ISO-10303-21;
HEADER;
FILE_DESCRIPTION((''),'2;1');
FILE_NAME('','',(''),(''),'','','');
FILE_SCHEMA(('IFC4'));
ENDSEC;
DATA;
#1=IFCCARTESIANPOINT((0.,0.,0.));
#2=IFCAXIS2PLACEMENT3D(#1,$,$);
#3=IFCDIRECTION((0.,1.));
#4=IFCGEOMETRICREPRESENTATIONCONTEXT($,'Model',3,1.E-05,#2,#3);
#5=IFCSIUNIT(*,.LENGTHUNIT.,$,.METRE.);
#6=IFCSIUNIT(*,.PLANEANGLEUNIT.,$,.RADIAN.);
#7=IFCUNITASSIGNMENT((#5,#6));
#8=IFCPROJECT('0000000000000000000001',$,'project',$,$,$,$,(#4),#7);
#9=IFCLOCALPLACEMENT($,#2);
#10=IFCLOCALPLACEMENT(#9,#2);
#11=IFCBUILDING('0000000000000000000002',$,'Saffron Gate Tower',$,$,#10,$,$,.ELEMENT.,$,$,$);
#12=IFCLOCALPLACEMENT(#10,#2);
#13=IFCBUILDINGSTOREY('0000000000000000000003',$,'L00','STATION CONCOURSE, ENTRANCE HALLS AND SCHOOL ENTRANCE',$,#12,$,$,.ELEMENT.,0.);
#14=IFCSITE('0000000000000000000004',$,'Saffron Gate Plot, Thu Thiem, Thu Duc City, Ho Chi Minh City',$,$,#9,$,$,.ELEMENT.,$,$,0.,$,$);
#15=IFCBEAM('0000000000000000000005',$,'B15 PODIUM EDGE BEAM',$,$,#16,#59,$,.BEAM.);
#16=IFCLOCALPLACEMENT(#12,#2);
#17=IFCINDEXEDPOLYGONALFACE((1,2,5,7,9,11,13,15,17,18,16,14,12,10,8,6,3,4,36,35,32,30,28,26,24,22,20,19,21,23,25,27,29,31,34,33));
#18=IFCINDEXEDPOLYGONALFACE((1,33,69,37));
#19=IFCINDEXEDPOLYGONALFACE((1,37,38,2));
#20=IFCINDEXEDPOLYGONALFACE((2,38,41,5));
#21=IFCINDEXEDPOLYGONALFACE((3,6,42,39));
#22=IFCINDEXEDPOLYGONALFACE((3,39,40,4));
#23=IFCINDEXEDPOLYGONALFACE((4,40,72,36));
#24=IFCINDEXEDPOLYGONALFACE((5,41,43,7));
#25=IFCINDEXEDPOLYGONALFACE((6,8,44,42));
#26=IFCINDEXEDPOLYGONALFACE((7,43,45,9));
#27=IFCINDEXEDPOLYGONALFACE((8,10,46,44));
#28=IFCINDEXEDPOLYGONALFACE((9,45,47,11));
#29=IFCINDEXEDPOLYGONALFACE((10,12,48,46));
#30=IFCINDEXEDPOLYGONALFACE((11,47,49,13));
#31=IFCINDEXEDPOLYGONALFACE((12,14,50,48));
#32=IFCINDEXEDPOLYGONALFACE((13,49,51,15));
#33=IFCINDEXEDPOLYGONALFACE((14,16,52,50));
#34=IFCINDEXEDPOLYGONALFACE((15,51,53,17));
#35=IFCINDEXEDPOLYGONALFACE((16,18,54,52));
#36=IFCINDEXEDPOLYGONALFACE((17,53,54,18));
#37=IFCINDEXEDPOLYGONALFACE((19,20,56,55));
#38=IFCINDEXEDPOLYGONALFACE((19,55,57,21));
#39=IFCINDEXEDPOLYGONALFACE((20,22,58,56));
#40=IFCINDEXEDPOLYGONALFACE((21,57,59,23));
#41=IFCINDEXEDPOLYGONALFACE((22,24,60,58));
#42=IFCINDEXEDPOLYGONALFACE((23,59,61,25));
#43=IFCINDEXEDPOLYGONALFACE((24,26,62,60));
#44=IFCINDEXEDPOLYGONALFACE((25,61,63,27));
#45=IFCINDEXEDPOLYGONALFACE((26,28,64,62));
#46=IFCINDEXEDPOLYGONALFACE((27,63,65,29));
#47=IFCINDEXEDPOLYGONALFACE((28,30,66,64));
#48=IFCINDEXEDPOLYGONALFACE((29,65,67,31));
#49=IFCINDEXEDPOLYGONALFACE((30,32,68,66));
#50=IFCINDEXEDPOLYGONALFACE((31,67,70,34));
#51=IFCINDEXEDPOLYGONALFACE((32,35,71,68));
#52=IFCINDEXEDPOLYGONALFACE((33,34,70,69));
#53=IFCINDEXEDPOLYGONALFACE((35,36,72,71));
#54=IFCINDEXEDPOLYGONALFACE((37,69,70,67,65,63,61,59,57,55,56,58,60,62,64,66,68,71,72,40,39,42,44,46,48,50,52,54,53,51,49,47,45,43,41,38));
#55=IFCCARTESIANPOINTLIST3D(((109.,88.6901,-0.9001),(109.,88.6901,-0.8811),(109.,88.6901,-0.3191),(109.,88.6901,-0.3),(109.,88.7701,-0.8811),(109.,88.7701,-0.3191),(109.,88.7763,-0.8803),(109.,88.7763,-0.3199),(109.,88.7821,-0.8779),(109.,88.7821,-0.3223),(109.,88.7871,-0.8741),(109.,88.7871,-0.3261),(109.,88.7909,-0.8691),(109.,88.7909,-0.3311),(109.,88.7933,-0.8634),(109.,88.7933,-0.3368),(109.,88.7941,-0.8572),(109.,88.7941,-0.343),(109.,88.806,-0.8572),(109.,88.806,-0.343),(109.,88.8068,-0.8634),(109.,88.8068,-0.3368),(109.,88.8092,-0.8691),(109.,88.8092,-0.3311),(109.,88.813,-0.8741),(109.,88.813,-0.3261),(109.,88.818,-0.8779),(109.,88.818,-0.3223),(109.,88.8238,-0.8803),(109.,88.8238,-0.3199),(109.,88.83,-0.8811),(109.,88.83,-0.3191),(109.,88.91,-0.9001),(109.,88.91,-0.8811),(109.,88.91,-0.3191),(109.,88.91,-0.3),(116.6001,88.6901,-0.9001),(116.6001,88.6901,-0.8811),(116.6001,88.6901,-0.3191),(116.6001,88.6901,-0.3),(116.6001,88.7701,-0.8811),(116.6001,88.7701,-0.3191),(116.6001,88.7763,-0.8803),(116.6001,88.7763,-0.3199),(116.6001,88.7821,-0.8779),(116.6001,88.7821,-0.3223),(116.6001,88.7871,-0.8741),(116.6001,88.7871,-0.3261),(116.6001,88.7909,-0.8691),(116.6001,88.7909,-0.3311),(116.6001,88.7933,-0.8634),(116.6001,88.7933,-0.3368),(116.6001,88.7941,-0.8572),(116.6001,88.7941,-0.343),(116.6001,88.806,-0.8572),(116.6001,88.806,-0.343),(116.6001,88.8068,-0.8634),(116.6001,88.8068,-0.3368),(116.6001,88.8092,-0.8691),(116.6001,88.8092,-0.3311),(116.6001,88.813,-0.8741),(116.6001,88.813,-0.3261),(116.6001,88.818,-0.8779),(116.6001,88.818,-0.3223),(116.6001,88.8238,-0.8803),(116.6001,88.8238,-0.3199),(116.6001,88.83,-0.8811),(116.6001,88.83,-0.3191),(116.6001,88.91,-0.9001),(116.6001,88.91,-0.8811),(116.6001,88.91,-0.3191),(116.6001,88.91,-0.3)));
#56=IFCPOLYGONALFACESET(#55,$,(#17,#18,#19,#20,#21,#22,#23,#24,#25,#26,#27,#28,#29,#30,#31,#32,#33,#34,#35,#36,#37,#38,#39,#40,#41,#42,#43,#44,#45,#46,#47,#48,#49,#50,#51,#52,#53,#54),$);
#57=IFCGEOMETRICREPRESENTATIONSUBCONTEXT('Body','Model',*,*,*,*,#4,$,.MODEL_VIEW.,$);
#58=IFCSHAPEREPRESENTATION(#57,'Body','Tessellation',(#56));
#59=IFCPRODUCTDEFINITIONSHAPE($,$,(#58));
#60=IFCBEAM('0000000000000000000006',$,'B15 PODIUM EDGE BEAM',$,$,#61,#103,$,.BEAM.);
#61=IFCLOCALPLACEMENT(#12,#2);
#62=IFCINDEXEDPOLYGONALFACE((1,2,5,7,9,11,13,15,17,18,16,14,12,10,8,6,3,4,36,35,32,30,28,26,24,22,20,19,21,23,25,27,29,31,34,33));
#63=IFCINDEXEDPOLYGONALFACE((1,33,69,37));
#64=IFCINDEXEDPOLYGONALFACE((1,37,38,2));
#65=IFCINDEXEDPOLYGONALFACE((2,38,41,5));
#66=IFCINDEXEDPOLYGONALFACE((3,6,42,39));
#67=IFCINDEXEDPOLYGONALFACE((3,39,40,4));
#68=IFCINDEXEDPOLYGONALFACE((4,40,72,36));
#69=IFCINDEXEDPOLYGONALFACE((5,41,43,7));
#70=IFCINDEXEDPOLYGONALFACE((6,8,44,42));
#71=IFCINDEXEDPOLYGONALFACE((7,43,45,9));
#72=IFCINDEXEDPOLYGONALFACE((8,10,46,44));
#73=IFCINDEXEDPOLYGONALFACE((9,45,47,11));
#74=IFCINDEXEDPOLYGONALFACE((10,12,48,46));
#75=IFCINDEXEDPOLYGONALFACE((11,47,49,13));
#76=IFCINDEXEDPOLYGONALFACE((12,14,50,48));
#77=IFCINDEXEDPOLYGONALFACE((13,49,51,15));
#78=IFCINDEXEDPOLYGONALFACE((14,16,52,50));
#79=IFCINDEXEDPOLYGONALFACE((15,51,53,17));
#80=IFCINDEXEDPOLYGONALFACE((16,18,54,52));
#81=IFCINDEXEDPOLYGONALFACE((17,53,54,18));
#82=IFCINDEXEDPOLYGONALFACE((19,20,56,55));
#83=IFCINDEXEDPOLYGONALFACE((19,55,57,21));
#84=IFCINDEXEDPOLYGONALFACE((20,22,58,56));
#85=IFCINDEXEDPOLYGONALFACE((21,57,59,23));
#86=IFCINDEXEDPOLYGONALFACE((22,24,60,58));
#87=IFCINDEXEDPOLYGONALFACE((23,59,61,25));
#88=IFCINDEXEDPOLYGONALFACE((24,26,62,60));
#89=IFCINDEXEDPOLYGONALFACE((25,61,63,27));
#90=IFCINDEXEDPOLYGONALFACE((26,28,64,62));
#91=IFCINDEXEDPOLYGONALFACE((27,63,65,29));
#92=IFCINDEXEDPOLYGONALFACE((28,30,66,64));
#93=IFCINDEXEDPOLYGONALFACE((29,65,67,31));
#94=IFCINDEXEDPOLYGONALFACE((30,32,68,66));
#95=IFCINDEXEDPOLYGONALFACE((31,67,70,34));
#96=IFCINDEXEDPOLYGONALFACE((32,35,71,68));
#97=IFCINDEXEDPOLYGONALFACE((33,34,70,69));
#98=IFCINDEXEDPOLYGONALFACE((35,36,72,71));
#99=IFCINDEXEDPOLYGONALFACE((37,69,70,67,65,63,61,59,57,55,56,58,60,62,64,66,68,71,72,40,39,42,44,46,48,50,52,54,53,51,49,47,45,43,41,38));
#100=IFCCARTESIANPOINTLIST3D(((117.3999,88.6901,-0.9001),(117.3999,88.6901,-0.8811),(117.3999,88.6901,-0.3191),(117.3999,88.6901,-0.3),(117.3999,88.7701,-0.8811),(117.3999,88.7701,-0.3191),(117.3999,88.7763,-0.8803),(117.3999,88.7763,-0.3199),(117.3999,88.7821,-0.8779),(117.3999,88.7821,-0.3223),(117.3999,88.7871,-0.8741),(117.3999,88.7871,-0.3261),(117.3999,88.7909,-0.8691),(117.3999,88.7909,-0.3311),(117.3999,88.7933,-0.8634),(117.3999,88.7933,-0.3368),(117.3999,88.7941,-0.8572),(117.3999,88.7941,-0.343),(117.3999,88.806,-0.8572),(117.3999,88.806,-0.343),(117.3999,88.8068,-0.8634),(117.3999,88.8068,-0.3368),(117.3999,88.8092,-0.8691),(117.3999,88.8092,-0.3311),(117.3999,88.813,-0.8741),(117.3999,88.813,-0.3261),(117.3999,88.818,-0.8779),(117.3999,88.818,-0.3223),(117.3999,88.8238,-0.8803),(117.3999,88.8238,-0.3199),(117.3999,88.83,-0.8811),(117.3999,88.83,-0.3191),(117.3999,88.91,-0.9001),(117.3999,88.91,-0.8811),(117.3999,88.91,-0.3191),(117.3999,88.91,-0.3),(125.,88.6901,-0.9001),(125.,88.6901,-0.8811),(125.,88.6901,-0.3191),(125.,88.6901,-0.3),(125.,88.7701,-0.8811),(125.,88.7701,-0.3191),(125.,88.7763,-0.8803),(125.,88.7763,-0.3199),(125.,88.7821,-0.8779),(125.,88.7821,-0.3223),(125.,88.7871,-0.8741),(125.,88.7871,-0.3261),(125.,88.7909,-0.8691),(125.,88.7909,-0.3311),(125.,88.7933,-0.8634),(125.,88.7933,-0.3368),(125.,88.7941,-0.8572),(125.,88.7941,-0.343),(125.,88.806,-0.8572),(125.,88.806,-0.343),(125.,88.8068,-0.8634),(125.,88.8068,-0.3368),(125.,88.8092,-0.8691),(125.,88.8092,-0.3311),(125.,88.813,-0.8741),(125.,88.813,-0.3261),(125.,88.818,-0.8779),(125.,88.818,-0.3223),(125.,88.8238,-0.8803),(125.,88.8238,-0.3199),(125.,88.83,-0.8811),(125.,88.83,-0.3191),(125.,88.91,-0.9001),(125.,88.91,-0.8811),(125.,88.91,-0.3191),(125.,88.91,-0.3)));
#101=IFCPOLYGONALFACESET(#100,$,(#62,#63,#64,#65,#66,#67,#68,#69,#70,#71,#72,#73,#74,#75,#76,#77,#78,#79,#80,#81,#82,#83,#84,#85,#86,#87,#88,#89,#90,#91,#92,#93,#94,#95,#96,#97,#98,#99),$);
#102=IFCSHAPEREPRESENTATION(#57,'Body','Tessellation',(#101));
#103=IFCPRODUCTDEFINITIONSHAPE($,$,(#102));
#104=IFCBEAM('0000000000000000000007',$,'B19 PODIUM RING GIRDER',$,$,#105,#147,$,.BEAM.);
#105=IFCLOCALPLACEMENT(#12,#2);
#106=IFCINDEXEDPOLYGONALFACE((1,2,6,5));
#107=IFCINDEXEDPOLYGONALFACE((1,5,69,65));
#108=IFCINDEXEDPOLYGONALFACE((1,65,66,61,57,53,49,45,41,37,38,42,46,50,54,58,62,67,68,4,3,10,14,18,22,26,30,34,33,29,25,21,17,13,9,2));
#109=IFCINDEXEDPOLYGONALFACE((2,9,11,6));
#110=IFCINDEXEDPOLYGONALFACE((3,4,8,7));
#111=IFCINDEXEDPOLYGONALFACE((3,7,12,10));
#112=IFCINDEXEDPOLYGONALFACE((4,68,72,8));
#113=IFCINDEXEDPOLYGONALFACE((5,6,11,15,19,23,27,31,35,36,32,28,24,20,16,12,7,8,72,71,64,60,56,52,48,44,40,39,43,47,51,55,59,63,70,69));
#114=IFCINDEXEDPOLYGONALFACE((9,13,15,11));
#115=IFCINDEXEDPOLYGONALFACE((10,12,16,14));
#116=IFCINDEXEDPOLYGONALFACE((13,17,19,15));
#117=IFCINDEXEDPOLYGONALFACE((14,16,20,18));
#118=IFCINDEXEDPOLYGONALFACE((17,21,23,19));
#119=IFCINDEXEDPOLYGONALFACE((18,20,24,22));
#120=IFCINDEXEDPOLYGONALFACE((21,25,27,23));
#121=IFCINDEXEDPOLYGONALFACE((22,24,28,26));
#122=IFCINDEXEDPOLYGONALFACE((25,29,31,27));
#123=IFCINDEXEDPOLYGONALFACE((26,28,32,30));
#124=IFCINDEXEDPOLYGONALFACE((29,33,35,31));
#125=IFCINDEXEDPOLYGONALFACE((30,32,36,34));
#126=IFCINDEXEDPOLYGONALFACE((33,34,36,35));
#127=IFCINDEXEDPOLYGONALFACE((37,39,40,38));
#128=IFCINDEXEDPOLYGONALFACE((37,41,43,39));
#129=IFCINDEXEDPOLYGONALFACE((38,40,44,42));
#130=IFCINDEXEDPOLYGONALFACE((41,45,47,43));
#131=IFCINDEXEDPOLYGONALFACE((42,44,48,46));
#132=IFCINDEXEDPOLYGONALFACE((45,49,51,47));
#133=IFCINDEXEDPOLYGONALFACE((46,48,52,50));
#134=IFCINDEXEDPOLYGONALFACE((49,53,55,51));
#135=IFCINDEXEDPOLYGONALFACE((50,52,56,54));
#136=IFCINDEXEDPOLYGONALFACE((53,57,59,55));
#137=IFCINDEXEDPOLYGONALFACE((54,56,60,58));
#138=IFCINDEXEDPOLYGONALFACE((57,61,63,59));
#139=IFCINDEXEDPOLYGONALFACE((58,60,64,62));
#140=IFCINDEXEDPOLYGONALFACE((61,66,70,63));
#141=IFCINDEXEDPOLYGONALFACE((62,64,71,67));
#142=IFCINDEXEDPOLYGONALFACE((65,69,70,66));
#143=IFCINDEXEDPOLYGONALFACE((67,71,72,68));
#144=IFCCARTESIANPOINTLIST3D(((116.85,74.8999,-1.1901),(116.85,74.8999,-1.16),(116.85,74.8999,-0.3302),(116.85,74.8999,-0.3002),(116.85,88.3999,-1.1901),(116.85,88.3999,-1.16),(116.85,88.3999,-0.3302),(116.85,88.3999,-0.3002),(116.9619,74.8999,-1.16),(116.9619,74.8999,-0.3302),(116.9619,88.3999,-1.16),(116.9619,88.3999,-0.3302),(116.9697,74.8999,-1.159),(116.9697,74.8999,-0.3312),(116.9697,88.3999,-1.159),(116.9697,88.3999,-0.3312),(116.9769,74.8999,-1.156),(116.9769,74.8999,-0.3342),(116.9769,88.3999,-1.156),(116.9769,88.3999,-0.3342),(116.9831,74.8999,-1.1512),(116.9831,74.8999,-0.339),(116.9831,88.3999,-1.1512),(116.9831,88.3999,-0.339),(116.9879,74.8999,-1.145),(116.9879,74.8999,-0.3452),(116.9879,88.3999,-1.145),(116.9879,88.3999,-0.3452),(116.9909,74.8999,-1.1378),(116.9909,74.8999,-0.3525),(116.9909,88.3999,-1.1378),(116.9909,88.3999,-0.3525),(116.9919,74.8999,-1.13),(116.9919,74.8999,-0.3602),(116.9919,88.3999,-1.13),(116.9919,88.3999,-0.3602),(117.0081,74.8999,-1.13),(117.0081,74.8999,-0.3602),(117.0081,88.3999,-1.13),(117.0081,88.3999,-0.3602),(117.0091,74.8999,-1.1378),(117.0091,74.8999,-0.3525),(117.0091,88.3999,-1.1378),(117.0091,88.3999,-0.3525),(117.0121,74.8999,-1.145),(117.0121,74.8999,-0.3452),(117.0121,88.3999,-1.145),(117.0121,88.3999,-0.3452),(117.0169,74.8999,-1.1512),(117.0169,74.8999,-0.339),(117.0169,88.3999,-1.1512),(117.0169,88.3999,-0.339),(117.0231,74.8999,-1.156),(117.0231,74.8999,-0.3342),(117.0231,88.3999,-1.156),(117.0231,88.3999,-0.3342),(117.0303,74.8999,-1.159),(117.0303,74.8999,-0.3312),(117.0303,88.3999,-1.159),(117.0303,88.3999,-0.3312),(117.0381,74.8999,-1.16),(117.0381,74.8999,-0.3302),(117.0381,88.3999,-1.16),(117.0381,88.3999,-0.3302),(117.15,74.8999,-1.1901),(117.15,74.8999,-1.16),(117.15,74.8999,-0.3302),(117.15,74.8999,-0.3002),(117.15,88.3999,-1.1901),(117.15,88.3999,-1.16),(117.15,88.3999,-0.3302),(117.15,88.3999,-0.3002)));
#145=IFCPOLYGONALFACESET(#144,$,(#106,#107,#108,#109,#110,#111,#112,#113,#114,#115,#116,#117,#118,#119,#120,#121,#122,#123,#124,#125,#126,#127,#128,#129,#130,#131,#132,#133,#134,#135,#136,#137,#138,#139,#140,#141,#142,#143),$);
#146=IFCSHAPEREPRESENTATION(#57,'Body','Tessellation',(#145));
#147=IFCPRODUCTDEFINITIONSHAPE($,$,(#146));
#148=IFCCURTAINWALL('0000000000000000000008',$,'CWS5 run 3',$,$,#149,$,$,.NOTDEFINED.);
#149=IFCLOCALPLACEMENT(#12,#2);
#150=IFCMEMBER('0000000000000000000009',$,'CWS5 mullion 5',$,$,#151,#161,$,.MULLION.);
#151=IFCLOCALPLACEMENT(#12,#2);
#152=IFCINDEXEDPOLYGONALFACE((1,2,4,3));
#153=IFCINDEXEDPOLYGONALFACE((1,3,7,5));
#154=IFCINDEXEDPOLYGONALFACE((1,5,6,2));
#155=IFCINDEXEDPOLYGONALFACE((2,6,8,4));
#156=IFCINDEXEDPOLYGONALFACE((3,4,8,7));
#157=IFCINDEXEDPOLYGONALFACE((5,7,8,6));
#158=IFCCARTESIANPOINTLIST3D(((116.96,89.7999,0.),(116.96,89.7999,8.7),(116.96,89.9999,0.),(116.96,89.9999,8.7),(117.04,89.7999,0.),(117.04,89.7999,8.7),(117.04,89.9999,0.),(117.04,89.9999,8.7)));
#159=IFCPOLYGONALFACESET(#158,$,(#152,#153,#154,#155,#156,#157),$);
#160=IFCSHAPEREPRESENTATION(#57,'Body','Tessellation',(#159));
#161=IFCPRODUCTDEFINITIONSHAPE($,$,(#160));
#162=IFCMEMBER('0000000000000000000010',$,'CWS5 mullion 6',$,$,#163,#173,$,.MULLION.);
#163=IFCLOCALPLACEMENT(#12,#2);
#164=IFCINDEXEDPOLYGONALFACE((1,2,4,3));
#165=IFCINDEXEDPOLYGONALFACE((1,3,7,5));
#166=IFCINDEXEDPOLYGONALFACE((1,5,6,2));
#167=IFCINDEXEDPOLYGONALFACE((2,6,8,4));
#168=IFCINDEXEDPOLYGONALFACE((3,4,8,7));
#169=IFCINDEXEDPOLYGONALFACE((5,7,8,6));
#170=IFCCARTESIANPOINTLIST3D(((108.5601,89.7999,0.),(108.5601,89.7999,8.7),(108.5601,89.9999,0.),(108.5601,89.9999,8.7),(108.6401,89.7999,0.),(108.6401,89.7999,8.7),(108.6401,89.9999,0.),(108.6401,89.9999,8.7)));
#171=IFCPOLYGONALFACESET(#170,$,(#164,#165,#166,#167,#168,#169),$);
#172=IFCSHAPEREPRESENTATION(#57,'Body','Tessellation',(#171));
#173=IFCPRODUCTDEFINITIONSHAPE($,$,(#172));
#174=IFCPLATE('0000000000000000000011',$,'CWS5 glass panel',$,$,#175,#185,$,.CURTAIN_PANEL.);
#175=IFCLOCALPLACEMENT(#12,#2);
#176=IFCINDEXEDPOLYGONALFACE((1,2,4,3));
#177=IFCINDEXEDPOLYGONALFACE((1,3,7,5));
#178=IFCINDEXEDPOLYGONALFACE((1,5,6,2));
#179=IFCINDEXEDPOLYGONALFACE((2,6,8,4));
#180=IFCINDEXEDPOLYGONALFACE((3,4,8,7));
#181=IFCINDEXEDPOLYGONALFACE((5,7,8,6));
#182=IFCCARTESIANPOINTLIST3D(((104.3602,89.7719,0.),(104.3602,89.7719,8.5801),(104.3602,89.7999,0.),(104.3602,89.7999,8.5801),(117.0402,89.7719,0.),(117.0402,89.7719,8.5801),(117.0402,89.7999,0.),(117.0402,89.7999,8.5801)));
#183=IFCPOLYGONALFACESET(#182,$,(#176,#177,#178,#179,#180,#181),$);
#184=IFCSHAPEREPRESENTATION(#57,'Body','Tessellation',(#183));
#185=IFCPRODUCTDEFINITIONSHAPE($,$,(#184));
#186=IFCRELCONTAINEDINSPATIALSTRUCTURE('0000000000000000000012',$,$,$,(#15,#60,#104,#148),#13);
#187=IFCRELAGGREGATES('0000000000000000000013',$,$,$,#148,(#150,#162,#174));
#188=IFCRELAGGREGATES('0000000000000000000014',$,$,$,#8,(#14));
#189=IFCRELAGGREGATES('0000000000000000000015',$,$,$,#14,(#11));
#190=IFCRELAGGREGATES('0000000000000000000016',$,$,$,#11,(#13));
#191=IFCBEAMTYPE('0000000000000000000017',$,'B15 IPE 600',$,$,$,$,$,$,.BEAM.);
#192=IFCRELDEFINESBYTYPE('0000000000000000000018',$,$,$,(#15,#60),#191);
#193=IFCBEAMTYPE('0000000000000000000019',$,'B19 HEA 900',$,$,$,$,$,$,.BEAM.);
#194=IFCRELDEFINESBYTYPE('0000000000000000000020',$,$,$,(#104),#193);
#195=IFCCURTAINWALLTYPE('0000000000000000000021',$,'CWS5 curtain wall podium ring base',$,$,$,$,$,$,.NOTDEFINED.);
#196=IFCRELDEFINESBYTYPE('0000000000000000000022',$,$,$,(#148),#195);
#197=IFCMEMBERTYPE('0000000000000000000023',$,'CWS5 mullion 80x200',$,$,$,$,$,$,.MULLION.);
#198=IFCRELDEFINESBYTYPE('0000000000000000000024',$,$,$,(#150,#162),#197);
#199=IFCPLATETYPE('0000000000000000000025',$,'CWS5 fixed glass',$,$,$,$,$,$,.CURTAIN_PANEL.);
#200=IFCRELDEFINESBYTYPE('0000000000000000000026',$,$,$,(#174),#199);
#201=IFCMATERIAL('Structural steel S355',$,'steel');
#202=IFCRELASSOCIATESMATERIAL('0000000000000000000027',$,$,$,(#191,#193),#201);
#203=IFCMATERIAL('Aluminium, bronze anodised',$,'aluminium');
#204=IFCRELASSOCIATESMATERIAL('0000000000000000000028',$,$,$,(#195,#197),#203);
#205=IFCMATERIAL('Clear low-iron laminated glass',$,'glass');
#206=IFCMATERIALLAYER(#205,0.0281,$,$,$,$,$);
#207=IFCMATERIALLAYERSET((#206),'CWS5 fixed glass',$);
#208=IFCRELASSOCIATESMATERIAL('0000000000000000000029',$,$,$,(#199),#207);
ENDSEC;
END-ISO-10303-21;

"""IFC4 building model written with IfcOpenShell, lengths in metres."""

from ifc_helpers import new_model, si_unit, direction, frame, frame_2d, origin, origin_2d, place, context, subcontext, project, spatial, rectangle, i_section, extrude, material, layer, layer_set, material_profile, profile_set, type_object, element, aggregate, save


model = new_model("IFC4")

# Units and contexts
model_context = context("Model", 3, precision=1e-05, world=origin(), true_north=direction((0.0, 1.0)))
body_context = subcontext(model_context, "Body", "Model", "MODEL_VIEW")
ifc_project = project(units=[si_unit("LENGTHUNIT", "METRE"), si_unit("PLANEANGLEUNIT", "RADIAN")], contexts=[model_context])

# Site, building, storey
site_placement = place(None, origin())
site = spatial("IfcSite", under=ifc_project, at=site_placement, Name="Saffron Gate Plot, Thu Thiem, Thu Duc City, Ho Chi Minh City", CompositionType="ELEMENT", RefElevation=0.0)
building_placement = place(site_placement, origin())
building = spatial("IfcBuilding", under=site, at=building_placement, Name="Saffron Gate Tower", CompositionType="ELEMENT")
storey_placement = place(building_placement, origin())
storey = spatial("IfcBuildingStorey", under=building, at=storey_placement, Name="L00", Description="STATION CONCOURSE, ENTRANCE HALLS AND SCHOOL ENTRANCE", CompositionType="ELEMENT", Elevation=0.0)

# Beams
ifc_material_1 = material(Name="Structural steel S355", Category="steel")
ifc_material_profile_1 = material_profile(ifc_material_1, i_section(OverallWidth=0.22, OverallDepth=0.6001, WebThickness=0.012, FlangeThickness=0.019, FilletRadius=0.0239, at=origin_2d()))
ifc_profile_set_1 = profile_set([ifc_material_profile_1], Name="Structural steel S355")
beam_type_1 = type_object("IfcBeamType", Name="B15 IPE 600", PredefinedType="BEAM", material=ifc_profile_set_1)
for number, where, z_axis, x_axis, name in (
    (1, (109.0, 88.8, -0.6001), (1.0, 0.0, 0.0), (0.0, 1.0, 0.0), "B15 PODIUM EDGE BEAM"),
    (2, (117.3999, 88.8, -0.6001), (1.0, 0.0, 0.0), (0.0, 1.0, 0.0), "B15 PODIUM EDGE BEAM"),
):
    element("IfcBeam", number, at=place(storey_placement, frame(where, z_axis=z_axis, x_axis=x_axis)), inside=storey, type_object=beam_type_1, Name=name, PredefinedType="BEAM", context=body_context, shape_type="SweptSolid", body=[
        extrude(i_section(OverallWidth=0.22, OverallDepth=0.6001, WebThickness=0.012, FlangeThickness=0.019, FilletRadius=0.0239, at=origin_2d()), origin(), (0.0, 0.0, 1.0), 7.6001),
    ])
ifc_material_profile_2 = material_profile(ifc_material_1, i_section(OverallWidth=0.3, OverallDepth=0.8899, WebThickness=0.0161, FlangeThickness=0.03, FilletRadius=0.03, at=origin_2d()))
ifc_profile_set_2 = profile_set([ifc_material_profile_2], Name="Structural steel S355")
beam_type_2 = type_object("IfcBeamType", Name="B19 HEA 900", PredefinedType="BEAM", material=ifc_profile_set_2)
beam_1_placement = place(storey_placement, frame((117.0, 88.3999, -0.7451), z_axis=(0.0, -1.0, 0.0), x_axis=(1.0, 0.0, 0.0)))
element("IfcBeam", 3, at=beam_1_placement, inside=storey, type_object=beam_type_2, Name="B19 PODIUM RING GIRDER", PredefinedType="BEAM", context=body_context, shape_type="SweptSolid", body=[
    extrude(i_section(OverallWidth=0.3, OverallDepth=0.8899, WebThickness=0.0161, FlangeThickness=0.03, FilletRadius=0.03, at=origin_2d()), origin(), (0.0, 0.0, 1.0), 13.5),
])

# Curtain wall, members, plate
ifc_material_2 = material(Name="Aluminium, bronze anodised", Category="aluminium")
curtain_wall_type = type_object("IfcCurtainWallType", Name="CWS5 curtain wall podium ring base", PredefinedType="NOTDEFINED", material=ifc_material_2)
curtain_wall_placement = place(storey_placement, origin())
curtain_wall = element("IfcCurtainWall", 4, at=curtain_wall_placement, inside=storey, type_object=curtain_wall_type, Name="CWS5 run 3", PredefinedType="NOTDEFINED")
ifc_material_profile_3 = material_profile(ifc_material_2, rectangle(XDim=0.2, YDim=0.0801, at=origin_2d()))
ifc_profile_set_3 = profile_set([ifc_material_profile_3], Name="Aluminium, bronze anodised")
member_type = type_object("IfcMemberType", Name="CWS5 mullion 80x200", PredefinedType="MULLION", material=ifc_profile_set_3)
member_1_placement = place(storey_placement, frame((117.0, 89.8999, 0.0), z_axis=(0.0, 0.0, 1.0), x_axis=(0.0, -1.0, 0.0)))
member_1 = element("IfcMember", 5, at=member_1_placement, type_object=member_type, Name="CWS5 mullion 5", PredefinedType="MULLION", context=body_context, shape_type="SweptSolid", body=[
    extrude(rectangle(XDim=0.2, YDim=0.0801, at=origin_2d()), origin(), (0.0, 0.0, 1.0), 8.7),
])
member_2_placement = place(storey_placement, frame((108.6001, 89.8999, 0.0), z_axis=(0.0, 0.0, 1.0), x_axis=(0.0, -1.0, 0.0)))
member_2 = element("IfcMember", 6, at=member_2_placement, type_object=member_type, Name="CWS5 mullion 6", PredefinedType="MULLION", context=body_context, shape_type="SweptSolid", body=[
    extrude(rectangle(XDim=0.2, YDim=0.0801, at=origin_2d()), origin(), (0.0, 0.0, 1.0), 8.7),
])
ifc_material_3 = material(Name="Clear low-iron laminated glass", Category="glass")
ifc_layer_1 = layer(ifc_material_3, 0.0281)
ifc_layer_set_1 = layer_set([ifc_layer_1], Name="CWS5 fixed glass")
plate_type = type_object("IfcPlateType", Name="CWS5 fixed glass", PredefinedType="CURTAIN_PANEL", material=ifc_layer_set_1)
plate_placement = place(storey_placement, frame((117.04, 89.7859, 0.0), z_axis=(0.0, 0.0, 1.0), x_axis=(-1.0, 0.0, 0.0)))
plate = element("IfcPlate", 7, at=plate_placement, type_object=plate_type, Name="CWS5 glass panel", PredefinedType="CURTAIN_PANEL", context=body_context, shape_type="SweptSolid", body=[
    extrude(rectangle(XDim=12.6799, YDim=0.0281, at=frame_2d((6.3398, 0.0))), origin(), (0.0, 0.0, 1.0), 8.5801),
])
aggregate(curtain_wall, [member_1, member_2, plate])

save(model, "model.ifc")
